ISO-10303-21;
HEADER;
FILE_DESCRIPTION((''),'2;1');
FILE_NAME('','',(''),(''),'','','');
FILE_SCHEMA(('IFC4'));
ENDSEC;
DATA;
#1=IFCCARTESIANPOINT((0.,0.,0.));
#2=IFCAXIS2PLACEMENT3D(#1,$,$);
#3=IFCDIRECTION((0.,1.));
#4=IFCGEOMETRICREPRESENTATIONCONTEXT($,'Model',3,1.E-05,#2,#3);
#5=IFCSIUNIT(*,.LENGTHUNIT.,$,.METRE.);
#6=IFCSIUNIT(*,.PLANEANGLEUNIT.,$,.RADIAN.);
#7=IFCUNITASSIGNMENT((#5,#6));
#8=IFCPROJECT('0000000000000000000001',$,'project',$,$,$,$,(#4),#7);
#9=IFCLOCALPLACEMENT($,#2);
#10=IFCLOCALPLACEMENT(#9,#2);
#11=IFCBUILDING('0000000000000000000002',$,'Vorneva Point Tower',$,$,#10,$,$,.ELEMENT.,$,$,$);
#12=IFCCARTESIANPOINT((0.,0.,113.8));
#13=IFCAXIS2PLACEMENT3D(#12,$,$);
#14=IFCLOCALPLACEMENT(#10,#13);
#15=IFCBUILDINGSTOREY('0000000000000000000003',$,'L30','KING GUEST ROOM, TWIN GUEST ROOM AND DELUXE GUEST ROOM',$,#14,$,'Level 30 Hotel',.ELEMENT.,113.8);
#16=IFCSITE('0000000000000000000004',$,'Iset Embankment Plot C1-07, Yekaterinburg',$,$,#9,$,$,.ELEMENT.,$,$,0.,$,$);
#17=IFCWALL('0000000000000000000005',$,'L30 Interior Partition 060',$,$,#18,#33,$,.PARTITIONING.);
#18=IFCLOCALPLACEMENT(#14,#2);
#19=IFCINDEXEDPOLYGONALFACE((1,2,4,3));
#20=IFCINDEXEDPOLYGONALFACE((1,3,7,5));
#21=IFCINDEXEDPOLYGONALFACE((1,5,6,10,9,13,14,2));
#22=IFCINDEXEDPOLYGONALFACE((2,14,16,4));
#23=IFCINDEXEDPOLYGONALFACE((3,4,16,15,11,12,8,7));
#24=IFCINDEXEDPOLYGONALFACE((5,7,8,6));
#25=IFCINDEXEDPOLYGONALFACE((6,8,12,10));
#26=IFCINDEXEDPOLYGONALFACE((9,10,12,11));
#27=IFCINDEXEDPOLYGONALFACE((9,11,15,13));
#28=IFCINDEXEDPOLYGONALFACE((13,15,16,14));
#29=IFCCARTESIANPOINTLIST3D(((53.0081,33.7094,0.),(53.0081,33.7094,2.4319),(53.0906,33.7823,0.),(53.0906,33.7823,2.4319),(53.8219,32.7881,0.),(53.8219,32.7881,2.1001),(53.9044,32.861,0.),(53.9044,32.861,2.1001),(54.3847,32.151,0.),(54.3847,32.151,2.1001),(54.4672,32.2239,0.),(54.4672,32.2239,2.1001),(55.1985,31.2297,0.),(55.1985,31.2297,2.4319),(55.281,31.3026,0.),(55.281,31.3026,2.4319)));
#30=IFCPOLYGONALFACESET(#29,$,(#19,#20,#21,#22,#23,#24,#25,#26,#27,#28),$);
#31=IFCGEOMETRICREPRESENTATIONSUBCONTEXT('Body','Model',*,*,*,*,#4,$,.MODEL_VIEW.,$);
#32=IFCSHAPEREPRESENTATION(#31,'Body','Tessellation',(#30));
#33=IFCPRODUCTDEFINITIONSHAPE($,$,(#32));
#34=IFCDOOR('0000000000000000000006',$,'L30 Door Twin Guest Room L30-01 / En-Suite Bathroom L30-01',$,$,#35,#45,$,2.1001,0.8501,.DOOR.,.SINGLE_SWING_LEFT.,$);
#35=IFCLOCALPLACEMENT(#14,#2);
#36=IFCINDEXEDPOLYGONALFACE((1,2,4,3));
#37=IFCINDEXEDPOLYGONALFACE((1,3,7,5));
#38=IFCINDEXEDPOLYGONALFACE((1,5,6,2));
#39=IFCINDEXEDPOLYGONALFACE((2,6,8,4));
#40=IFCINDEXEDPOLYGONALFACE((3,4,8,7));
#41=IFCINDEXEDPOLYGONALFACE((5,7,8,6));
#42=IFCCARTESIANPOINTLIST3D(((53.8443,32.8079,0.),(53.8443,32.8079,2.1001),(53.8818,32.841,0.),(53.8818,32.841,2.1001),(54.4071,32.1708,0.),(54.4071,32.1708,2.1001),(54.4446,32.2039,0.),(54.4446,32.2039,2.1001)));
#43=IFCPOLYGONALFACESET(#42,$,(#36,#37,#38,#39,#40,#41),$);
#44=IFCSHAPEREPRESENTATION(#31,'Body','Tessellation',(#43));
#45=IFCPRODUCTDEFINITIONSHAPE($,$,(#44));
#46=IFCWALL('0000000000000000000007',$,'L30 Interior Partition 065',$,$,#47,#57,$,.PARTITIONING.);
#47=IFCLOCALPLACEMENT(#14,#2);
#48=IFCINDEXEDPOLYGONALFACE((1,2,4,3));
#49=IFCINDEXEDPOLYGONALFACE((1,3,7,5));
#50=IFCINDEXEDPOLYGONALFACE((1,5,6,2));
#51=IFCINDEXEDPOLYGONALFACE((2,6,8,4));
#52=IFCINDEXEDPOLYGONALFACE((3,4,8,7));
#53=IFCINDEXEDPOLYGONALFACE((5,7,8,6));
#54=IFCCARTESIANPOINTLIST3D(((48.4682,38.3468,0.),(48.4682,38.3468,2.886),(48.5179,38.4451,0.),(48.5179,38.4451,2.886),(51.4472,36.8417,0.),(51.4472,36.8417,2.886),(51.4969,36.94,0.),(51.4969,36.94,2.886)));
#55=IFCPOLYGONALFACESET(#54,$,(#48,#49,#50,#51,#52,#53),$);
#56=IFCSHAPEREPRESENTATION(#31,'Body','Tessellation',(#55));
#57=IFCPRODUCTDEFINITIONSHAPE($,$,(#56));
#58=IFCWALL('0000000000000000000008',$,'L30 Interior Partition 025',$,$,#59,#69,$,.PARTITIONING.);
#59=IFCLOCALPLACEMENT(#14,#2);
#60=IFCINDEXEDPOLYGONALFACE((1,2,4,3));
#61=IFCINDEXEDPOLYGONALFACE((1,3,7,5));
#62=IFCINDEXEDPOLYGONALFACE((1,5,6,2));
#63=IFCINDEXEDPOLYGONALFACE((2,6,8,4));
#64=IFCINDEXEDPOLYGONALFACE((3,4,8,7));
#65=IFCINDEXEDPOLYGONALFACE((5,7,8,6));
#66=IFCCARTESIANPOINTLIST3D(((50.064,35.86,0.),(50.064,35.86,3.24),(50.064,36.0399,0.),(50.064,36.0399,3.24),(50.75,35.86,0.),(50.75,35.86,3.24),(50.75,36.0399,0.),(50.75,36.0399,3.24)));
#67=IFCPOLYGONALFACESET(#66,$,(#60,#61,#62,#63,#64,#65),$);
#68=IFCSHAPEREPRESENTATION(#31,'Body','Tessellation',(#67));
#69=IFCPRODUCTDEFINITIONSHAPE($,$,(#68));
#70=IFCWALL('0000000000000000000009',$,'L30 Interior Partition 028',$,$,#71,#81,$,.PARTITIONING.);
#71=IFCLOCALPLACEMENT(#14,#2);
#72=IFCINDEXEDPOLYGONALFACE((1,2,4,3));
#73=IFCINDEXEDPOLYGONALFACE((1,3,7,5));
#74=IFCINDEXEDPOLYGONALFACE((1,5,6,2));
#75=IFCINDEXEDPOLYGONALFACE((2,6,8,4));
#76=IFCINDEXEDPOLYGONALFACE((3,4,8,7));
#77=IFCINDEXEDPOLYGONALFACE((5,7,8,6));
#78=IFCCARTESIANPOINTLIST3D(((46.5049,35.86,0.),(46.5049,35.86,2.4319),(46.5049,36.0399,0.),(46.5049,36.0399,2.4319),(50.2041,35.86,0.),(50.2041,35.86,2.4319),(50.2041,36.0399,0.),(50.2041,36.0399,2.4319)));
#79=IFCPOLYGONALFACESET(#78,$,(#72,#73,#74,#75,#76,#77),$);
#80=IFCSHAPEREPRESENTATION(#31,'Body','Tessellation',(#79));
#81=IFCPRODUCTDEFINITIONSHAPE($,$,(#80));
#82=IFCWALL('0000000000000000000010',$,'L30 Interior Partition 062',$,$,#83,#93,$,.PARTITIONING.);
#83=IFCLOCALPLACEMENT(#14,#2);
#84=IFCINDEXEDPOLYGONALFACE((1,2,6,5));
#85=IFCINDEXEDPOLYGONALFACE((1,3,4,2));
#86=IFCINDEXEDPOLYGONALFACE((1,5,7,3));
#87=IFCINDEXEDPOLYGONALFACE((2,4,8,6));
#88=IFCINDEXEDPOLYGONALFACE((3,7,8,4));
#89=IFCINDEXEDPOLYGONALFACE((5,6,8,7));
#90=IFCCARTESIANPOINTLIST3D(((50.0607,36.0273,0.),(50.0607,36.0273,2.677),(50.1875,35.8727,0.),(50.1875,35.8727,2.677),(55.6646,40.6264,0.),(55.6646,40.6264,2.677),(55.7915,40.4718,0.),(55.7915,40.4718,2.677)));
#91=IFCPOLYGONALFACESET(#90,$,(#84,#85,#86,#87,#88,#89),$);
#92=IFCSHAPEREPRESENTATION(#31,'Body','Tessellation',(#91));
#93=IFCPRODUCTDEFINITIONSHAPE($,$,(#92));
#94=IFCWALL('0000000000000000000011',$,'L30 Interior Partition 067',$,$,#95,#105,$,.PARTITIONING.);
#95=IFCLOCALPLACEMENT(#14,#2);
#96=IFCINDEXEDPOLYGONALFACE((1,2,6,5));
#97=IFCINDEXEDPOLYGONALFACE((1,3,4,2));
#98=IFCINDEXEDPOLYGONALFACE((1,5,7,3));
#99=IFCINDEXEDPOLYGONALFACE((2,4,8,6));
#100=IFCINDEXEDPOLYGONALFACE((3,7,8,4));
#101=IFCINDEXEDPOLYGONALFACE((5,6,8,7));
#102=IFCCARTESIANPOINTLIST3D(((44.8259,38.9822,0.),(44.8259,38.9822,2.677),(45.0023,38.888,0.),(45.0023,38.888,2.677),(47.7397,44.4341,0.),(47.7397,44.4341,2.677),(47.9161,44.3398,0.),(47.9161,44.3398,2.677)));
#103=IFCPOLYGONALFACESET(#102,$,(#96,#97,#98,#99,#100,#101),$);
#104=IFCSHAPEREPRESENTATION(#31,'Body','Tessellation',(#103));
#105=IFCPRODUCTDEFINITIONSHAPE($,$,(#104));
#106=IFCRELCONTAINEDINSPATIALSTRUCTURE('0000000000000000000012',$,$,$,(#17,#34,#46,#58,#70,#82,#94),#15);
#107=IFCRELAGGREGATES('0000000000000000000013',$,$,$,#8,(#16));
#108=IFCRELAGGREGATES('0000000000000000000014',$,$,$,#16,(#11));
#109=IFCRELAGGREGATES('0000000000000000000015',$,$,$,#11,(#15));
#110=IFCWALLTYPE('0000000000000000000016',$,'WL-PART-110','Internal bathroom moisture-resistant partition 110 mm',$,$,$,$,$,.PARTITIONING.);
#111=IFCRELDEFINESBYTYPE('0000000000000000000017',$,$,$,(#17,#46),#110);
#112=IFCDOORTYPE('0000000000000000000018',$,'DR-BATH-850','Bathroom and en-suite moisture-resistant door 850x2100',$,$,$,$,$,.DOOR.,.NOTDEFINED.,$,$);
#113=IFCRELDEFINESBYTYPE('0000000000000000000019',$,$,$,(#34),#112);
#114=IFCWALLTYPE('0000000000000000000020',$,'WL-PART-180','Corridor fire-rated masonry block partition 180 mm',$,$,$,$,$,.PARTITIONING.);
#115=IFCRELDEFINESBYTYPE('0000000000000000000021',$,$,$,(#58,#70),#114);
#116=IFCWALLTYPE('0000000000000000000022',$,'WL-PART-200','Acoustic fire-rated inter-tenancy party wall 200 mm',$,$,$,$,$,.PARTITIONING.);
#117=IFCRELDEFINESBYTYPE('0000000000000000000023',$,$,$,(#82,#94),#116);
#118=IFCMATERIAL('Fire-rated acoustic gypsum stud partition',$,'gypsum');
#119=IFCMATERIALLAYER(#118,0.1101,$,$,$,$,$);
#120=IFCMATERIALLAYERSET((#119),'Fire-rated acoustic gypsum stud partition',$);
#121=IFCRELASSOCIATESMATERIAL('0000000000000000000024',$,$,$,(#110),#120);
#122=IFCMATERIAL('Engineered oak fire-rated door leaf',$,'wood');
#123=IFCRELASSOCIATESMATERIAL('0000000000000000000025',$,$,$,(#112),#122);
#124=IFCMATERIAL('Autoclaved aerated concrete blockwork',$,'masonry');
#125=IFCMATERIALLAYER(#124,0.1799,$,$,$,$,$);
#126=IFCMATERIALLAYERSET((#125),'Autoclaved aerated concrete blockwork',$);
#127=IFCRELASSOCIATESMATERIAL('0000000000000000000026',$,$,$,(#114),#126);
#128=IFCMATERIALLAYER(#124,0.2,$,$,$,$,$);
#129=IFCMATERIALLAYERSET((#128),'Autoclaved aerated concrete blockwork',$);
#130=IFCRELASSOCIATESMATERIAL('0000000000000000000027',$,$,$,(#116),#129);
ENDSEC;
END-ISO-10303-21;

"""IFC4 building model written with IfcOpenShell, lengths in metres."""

from ifc_helpers import new_model, si_unit, direction, frame, frame_2d, origin, place, context, subcontext, project, spatial, rectangle, extrude, material, layer, layer_set, type_object, element, fill, save


model = new_model("IFC4")

# Units and contexts
model_context = context("Model", 3, precision=1e-05, world=origin(), true_north=direction((0.0, 1.0)))
body_context = subcontext(model_context, "Body", "Model", "MODEL_VIEW")
ifc_project = project(units=[si_unit("LENGTHUNIT", "METRE"), si_unit("PLANEANGLEUNIT", "RADIAN")], contexts=[model_context])

# Site, building, storey
site_placement = place(None, origin())
site = spatial("IfcSite", under=ifc_project, at=site_placement, Name="Iset Embankment Plot C1-07, Yekaterinburg", CompositionType="ELEMENT", RefElevation=0.0)
building_placement = place(site_placement, origin())
building = spatial("IfcBuilding", under=site, at=building_placement, Name="Vorneva Point Tower", CompositionType="ELEMENT")
storey_placement = place(building_placement, frame((0.0, 0.0, 113.8)))
storey = spatial("IfcBuildingStorey", under=building, at=storey_placement, Name="L30", Description="KING GUEST ROOM, TWIN GUEST ROOM AND DELUXE GUEST ROOM", LongName="Level 30 Hotel", CompositionType="ELEMENT", Elevation=113.8)

# Wall, opening, door
ifc_material_1 = material(Name="Fire-rated acoustic gypsum stud partition", Category="gypsum")
ifc_layer_1 = layer(ifc_material_1, 0.1101)
ifc_layer_set_1 = layer_set([ifc_layer_1], Name="Fire-rated acoustic gypsum stud partition")
wall_type_1 = type_object("IfcWallType", Name="WL-PART-110", Description="Internal bathroom moisture-resistant partition 110 mm", PredefinedType="PARTITIONING", material=ifc_layer_set_1)
wall_1_placement = place(storey_placement, frame((53.0493, 33.7458, 0.0), z_axis=(0.0, 0.0, 1.0), x_axis=(0.662034, -0.749474, 0.0)))
wall_1 = element("IfcWall", 1, at=wall_1_placement, inside=storey, type_object=wall_type_1, Name="L30 Interior Partition 060", PredefinedType="PARTITIONING", context=body_context, shape_type="SweptSolid", body=[
    extrude(rectangle(XDim=3.3086, YDim=0.1101, at=frame_2d((1.6543, 0.0))), origin(), (0.0, 0.0, 1.0), 2.4319),
])
opening_1_placement = place(wall_1_placement, frame((1.2292, 0.0, 0.0)))
opening_1 = element("IfcOpeningElement", 2, at=opening_1_placement, cuts=wall_1, PredefinedType="OPENING", context=body_context, shape_type="SweptSolid", body=[
    extrude(rectangle(XDim=0.8501, YDim=2.1001, at=frame_2d((0.425, 1.05))), frame((0.0, 0.0698, 0.0), z_axis=(0.0, -1.0, 0.0), x_axis=(1.0, 0.0, 0.0)), (0.0, 0.0, 1.0), 0.1399),
])
ifc_material_2 = material(Name="Engineered oak fire-rated door leaf", Category="wood")
door_type_1 = type_object("IfcDoorType", Name="DR-BATH-850", Description="Bathroom and en-suite moisture-resistant door 850x2100", OperationType="NOTDEFINED", PredefinedType="DOOR", material=ifc_material_2)
door_1_placement = place(opening_1_placement, origin())
door_1 = element("IfcDoor", 3, at=door_1_placement, inside=storey, type_object=door_type_1, Name="L30 Door Twin Guest Room L30-01 / En-Suite Bathroom L30-01", OperationType="SINGLE_SWING_LEFT", OverallHeight=2.1001, OverallWidth=0.8501, PredefinedType="DOOR", context=body_context, shape_type="SweptSolid", body=[
    extrude(rectangle(XDim=0.8501, YDim=2.1001, at=frame_2d((0.425, 1.05))), frame((0.0, 0.0249, 0.0), z_axis=(0.0, -1.0, 0.0), x_axis=(1.0, 0.0, 0.0)), (0.0, 0.0, 1.0), 0.05),
])
fill(opening_1, door_1)

# Walls
wall_2_placement = place(storey_placement, frame((48.4929, 38.396, 0.0), z_axis=(0.0, 0.0, 1.0), x_axis=(0.892547, -0.450955, 0.0)))
element("IfcWall", 4, at=wall_2_placement, inside=storey, type_object=wall_type_1, Name="L30 Interior Partition 065", PredefinedType="PARTITIONING", context=body_context, shape_type="SweptSolid", body=[
    extrude(rectangle(XDim=3.3376, YDim=0.1101, at=frame_2d((1.6689, 0.0))), origin(), (0.0, 0.0, 1.0), 2.886),
])
ifc_material_3 = material(Name="Autoclaved aerated concrete blockwork", Category="masonry")
ifc_layer_2 = layer(ifc_material_3, 0.1799)
ifc_layer_set_2 = layer_set([ifc_layer_2], Name="Autoclaved aerated concrete blockwork")
wall_type_2 = type_object("IfcWallType", Name="WL-PART-180", Description="Corridor fire-rated masonry block partition 180 mm", PredefinedType="PARTITIONING", material=ifc_layer_set_2)
wall_3_placement = place(storey_placement, frame((50.75, 35.95, 0.0), z_axis=(0.0, 0.0, 1.0), x_axis=(-1.0, 0.0, 0.0)))
element("IfcWall", 5, at=wall_3_placement, inside=storey, type_object=wall_type_2, Name="L30 Interior Partition 025", PredefinedType="PARTITIONING", context=body_context, shape_type="SweptSolid", body=[
    extrude(rectangle(XDim=0.686, YDim=0.1799, at=frame_2d((0.343, 0.0))), origin(), (0.0, 0.0, 1.0), 3.24),
])

# Walls
wall_4_placement = place(storey_placement, frame((50.2041, 35.95, 0.0), z_axis=(0.0, 0.0, 1.0), x_axis=(-1.0, 0.0, 0.0)))
element("IfcWall", 6, at=wall_4_placement, inside=storey, type_object=wall_type_2, Name="L30 Interior Partition 028", PredefinedType="PARTITIONING", context=body_context, shape_type="SweptSolid", body=[
    extrude(rectangle(XDim=3.6992, YDim=0.1799, at=frame_2d((1.8496, 0.0))), origin(), (0.0, 0.0, 1.0), 2.4319),
])
ifc_layer_3 = layer(ifc_material_3, 0.2)
ifc_layer_set_3 = layer_set([ifc_layer_3], Name="Autoclaved aerated concrete blockwork")
wall_type_3 = type_object("IfcWallType", Name="WL-PART-200", Description="Acoustic fire-rated inter-tenancy party wall 200 mm", PredefinedType="PARTITIONING", material=ifc_layer_set_3)
wall_5_placement = place(storey_placement, frame((55.728, 40.5491, 0.0), z_axis=(0.0, 0.0, 1.0), x_axis=(-0.773008, -0.634396, 0.0)))
element("IfcWall", 7, at=wall_5_placement, inside=storey, type_object=wall_type_3, Name="L30 Interior Partition 062", PredefinedType="PARTITIONING", context=body_context, shape_type="SweptSolid", body=[
    extrude(rectangle(XDim=7.2495, YDim=0.2, at=frame_2d((3.6248, 0.0))), origin(), (0.0, 0.0, 1.0), 2.677),
])
wall_6_placement = place(storey_placement, frame((47.8279, 44.387, 0.0), z_axis=(0.0, 0.0, 1.0), x_axis=(-0.471361, -0.88194, 0.0)))
element("IfcWall", 8, at=wall_6_placement, inside=storey, type_object=wall_type_3, Name="L30 Interior Partition 067", PredefinedType="PARTITIONING", context=body_context, shape_type="SweptSolid", body=[
    extrude(rectangle(XDim=6.1816, YDim=0.2, at=frame_2d((3.0908, 0.0))), origin(), (0.0, 0.0, 1.0), 2.677),
])

save(model, "model.ifc")
